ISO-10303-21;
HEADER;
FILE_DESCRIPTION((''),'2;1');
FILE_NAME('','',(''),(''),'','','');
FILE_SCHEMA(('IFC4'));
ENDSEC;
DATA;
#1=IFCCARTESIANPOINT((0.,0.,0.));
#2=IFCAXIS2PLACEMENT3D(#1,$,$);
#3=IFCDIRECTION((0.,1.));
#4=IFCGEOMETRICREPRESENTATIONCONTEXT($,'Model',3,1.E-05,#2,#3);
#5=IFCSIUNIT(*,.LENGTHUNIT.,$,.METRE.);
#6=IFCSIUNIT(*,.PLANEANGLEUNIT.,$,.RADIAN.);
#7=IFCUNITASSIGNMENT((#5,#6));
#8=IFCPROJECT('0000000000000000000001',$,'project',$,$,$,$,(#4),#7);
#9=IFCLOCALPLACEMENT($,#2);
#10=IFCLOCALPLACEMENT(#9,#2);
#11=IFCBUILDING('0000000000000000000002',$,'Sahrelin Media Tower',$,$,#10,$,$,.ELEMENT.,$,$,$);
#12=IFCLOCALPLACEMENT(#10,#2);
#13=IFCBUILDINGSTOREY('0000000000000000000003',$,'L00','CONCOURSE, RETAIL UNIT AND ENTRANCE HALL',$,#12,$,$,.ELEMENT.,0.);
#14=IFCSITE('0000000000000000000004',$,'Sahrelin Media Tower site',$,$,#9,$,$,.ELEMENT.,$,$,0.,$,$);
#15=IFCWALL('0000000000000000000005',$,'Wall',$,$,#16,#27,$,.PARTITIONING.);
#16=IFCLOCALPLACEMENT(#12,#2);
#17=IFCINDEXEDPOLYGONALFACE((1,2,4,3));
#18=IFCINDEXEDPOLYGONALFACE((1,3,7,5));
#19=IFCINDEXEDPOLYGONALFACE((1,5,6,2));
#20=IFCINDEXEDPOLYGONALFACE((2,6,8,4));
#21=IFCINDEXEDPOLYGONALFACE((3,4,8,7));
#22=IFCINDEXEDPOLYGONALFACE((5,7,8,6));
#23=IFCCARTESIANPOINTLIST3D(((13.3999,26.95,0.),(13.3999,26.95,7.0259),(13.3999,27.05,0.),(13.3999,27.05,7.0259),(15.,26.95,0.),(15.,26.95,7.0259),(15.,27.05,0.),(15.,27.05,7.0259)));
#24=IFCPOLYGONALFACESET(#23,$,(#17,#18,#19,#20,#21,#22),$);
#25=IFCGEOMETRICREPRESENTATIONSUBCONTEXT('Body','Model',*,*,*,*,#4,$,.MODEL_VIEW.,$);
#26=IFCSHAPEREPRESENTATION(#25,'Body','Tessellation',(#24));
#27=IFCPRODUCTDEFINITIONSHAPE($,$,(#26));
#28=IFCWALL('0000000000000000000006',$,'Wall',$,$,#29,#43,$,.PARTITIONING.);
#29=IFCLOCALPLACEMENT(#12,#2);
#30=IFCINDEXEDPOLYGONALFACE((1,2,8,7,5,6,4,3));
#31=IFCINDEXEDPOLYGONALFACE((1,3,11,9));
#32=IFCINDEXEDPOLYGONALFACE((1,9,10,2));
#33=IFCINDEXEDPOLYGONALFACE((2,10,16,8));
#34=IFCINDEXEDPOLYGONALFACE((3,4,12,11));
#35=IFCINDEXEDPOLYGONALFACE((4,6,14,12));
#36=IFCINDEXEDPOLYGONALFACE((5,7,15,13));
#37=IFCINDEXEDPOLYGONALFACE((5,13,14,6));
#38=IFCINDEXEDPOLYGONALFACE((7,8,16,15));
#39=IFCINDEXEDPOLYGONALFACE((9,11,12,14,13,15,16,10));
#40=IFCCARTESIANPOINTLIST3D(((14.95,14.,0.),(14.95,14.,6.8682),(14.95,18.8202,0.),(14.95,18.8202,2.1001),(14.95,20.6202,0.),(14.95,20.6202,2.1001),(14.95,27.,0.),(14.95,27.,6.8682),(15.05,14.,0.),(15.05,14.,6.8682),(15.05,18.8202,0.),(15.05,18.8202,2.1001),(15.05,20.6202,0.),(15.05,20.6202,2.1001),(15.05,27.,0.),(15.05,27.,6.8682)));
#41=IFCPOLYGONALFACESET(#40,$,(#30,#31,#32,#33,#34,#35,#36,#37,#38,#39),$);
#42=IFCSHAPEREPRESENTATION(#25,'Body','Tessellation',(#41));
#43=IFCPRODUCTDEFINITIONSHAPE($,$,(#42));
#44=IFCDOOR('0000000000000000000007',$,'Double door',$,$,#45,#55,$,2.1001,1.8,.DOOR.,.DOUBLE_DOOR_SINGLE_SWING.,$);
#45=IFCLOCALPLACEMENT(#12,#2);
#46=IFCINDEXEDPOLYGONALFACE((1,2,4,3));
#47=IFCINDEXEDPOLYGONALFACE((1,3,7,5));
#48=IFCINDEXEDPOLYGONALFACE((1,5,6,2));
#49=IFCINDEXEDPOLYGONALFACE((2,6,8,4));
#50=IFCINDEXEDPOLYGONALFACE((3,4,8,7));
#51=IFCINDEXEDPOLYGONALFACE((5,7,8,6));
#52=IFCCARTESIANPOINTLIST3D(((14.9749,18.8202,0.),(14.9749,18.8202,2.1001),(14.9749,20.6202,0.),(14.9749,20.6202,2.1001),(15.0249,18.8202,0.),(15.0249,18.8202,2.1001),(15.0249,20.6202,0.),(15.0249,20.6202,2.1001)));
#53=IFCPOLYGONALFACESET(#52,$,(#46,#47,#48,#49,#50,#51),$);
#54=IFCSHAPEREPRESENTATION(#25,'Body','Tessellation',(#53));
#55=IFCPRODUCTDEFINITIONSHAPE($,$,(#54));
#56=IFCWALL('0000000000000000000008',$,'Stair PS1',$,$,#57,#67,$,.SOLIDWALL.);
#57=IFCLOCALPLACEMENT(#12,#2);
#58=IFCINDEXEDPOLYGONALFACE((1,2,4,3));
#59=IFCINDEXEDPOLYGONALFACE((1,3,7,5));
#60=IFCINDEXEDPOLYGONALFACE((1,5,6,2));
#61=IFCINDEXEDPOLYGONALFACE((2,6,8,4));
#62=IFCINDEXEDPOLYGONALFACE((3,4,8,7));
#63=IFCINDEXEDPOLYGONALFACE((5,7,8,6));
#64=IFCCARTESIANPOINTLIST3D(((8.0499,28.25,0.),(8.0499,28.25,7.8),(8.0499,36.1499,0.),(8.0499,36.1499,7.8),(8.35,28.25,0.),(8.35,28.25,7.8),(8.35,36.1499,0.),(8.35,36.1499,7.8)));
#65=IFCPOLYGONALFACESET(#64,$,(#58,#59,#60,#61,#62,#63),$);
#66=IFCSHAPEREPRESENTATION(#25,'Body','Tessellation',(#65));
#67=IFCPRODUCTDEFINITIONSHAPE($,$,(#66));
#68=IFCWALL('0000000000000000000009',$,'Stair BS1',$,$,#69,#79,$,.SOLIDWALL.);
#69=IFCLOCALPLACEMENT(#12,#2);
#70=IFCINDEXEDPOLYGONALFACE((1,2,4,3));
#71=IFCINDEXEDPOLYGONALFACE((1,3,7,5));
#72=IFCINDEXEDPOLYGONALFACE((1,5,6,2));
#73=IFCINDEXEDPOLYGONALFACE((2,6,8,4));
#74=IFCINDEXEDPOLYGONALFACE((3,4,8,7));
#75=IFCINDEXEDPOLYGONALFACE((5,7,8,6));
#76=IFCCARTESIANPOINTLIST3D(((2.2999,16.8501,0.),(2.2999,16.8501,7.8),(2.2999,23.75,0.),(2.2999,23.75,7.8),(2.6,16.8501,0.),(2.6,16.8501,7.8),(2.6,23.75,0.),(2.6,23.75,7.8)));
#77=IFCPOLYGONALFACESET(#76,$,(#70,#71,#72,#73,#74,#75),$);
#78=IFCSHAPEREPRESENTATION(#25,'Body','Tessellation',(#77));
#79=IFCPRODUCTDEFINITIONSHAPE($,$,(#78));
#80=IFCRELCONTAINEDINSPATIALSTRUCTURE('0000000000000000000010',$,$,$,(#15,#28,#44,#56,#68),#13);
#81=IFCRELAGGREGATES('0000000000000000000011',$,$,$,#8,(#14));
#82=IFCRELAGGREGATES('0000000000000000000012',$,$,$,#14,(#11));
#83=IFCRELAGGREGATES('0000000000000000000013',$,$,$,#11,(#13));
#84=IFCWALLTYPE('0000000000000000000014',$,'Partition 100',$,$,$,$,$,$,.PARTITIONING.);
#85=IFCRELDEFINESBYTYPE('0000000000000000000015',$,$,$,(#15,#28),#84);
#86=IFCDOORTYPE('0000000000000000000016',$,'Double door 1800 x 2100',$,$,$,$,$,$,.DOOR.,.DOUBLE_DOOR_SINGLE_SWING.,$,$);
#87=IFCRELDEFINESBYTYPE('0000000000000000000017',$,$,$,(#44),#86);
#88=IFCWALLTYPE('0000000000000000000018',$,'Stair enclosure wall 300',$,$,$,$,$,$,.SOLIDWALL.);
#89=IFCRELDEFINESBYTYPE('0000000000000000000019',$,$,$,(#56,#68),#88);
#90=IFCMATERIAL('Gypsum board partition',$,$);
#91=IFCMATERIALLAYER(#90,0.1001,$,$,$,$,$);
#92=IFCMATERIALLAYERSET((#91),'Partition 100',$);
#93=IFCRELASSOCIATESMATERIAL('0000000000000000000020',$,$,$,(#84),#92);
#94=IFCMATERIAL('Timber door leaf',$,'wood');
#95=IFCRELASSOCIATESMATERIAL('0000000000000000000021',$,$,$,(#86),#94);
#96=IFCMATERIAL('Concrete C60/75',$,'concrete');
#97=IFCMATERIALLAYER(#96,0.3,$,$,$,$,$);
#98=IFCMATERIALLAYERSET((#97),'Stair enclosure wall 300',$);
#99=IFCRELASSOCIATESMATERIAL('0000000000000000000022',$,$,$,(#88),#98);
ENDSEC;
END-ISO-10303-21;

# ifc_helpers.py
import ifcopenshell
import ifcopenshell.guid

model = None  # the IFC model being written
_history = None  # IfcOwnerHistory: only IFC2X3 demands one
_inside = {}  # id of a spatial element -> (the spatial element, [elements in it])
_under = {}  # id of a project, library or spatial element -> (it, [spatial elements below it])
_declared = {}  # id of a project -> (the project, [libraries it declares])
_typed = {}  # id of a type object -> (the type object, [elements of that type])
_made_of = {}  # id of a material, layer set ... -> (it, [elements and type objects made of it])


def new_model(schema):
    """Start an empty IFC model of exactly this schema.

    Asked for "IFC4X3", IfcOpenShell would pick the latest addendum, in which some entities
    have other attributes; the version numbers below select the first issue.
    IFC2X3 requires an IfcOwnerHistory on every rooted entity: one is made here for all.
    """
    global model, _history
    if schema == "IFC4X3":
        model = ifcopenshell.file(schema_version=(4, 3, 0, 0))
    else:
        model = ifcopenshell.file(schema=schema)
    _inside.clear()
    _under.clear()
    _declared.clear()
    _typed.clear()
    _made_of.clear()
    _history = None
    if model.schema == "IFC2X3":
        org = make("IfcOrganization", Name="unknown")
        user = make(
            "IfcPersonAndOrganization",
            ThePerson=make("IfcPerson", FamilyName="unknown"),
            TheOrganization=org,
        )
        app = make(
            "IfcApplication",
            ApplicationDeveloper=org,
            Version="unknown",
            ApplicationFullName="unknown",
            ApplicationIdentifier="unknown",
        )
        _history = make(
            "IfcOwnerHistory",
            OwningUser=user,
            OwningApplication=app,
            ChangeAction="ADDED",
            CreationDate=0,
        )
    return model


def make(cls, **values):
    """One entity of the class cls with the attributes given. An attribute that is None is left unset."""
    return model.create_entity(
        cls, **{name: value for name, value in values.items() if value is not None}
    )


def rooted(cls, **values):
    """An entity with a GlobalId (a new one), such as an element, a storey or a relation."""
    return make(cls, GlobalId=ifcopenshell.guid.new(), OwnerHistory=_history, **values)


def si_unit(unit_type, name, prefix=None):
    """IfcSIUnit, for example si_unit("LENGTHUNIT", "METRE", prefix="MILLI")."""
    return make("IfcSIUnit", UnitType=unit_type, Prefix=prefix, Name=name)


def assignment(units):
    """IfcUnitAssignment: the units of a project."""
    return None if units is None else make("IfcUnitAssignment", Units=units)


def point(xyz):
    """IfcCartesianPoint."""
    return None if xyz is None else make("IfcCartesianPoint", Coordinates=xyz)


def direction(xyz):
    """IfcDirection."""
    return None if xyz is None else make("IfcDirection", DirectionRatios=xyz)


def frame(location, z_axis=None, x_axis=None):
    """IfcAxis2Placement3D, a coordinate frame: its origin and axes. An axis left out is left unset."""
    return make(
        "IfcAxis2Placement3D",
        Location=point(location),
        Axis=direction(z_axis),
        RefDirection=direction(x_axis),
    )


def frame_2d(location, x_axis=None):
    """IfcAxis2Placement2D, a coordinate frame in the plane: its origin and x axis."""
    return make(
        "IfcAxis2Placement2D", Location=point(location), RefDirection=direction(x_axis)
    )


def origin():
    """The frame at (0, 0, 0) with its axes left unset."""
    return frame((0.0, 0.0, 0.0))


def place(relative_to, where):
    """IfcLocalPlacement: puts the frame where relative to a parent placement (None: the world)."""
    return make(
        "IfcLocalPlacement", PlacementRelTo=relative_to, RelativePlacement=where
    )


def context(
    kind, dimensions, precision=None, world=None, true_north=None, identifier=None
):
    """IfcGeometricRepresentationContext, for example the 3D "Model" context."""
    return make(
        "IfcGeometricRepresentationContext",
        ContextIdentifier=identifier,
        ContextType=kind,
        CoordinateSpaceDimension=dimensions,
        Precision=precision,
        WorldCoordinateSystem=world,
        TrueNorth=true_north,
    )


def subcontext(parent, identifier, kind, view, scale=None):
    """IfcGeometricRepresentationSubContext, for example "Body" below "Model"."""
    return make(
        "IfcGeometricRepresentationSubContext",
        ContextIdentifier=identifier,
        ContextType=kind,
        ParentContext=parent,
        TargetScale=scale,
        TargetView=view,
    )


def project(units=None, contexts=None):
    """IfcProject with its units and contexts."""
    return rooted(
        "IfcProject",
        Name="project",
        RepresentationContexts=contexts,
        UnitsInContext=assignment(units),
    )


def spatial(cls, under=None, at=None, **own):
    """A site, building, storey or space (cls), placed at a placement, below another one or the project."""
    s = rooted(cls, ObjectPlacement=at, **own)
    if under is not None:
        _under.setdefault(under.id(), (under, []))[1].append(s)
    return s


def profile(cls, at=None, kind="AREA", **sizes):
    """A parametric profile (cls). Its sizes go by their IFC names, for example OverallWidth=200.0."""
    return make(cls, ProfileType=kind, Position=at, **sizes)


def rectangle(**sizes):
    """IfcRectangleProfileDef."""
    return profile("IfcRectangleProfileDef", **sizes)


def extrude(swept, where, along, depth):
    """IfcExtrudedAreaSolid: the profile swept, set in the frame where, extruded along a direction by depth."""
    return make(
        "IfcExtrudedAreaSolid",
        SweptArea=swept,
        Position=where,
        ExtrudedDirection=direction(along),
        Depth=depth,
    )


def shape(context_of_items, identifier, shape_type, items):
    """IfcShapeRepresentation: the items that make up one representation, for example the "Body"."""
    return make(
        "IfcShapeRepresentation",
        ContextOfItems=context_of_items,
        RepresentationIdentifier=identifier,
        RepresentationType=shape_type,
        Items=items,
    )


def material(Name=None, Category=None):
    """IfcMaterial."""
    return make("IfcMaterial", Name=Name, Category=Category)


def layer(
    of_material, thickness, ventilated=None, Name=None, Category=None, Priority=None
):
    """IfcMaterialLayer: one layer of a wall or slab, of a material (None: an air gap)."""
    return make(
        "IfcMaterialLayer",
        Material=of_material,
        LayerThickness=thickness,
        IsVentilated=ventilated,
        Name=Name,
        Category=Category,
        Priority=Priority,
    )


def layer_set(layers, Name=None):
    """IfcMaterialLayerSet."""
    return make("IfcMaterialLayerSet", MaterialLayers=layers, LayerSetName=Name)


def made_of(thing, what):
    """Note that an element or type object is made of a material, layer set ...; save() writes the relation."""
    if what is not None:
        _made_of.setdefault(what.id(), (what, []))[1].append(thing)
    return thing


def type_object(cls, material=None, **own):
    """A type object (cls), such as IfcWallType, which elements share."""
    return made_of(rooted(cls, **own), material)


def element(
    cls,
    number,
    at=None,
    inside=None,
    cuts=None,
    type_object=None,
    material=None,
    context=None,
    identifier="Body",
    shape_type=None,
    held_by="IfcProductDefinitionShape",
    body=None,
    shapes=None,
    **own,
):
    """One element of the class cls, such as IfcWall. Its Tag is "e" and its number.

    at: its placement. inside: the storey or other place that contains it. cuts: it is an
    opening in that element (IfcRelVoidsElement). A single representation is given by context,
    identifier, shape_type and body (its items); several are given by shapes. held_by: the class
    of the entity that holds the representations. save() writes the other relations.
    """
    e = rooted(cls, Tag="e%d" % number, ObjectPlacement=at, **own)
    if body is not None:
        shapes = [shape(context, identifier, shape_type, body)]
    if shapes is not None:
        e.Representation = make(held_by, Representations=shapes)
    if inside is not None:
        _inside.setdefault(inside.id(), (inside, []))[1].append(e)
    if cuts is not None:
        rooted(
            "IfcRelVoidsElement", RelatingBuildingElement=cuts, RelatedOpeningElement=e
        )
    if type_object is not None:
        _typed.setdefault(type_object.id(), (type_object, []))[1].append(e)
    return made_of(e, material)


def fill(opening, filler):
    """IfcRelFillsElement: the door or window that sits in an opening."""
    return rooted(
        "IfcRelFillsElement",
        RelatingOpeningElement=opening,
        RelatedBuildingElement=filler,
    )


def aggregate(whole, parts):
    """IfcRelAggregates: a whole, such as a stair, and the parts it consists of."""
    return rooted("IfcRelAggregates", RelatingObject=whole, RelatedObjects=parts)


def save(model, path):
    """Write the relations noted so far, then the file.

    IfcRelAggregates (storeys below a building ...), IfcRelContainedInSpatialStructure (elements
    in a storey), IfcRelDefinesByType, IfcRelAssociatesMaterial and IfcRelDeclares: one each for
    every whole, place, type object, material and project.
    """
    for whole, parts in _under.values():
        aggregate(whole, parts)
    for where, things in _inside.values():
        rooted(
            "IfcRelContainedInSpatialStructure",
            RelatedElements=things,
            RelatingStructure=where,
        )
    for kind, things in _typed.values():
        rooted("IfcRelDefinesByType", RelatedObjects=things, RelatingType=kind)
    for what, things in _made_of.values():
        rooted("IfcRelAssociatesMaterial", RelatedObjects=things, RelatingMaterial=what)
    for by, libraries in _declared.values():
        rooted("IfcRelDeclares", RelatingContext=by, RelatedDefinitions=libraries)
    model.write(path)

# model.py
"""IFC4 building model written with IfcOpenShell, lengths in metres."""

from ifc_helpers import new_model, si_unit, direction, frame, frame_2d, origin, place, context, subcontext, project, spatial, rectangle, extrude, material, layer, layer_set, type_object, element, fill, save


model = new_model("IFC4")

# Units and contexts
model_context = context("Model", 3, precision=1e-05, world=origin(), true_north=direction((0.0, 1.0)))
body_context = subcontext(model_context, "Body", "Model", "MODEL_VIEW")
ifc_project = project(units=[si_unit("LENGTHUNIT", "METRE"), si_unit("PLANEANGLEUNIT", "RADIAN")], contexts=[model_context])

# Site, building, storey
site_placement = place(None, origin())
site = spatial("IfcSite", under=ifc_project, at=site_placement, Name="Sahrelin Media Tower site", CompositionType="ELEMENT", RefElevation=0.0)
building_placement = place(site_placement, origin())
building = spatial("IfcBuilding", under=site, at=building_placement, Name="Sahrelin Media Tower", CompositionType="ELEMENT")
storey_placement = place(building_placement, origin())
storey = spatial("IfcBuildingStorey", under=building, at=storey_placement, Name="L00", Description="CONCOURSE, RETAIL UNIT AND ENTRANCE HALL", CompositionType="ELEMENT", Elevation=0.0)

# Wall
ifc_material_1 = material(Name="Gypsum board partition")
ifc_layer_1 = layer(ifc_material_1, 0.1001)
ifc_layer_set_1 = layer_set([ifc_layer_1], Name="Partition 100")
wall_type_1 = type_object("IfcWallType", Name="Partition 100", PredefinedType="PARTITIONING", material=ifc_layer_set_1)
wall_1_placement = place(storey_placement, frame((13.3999, 27.0, 0.0), z_axis=(0.0, 0.0, 1.0), x_axis=(1.0, 0.0, 0.0)))
element("IfcWall", 1, at=wall_1_placement, inside=storey, type_object=wall_type_1, Name="Wall", PredefinedType="PARTITIONING", context=body_context, shape_type="SweptSolid", body=[
    extrude(rectangle(XDim=1.6001, YDim=0.1001, at=frame_2d((0.8, 0.0))), origin(), (0.0, 0.0, 1.0), 7.0259),
])

# Wall, opening, door
wall_2_placement = place(storey_placement, frame((15.0, 27.0, 0.0), z_axis=(0.0, 0.0, 1.0), x_axis=(0.0, -1.0, 0.0)))
wall_2 = element("IfcWall", 2, at=wall_2_placement, inside=storey, type_object=wall_type_1, Name="Wall", PredefinedType="PARTITIONING", context=body_context, shape_type="SweptSolid", body=[
    extrude(rectangle(XDim=13.0, YDim=0.1001, at=frame_2d((6.5, 0.0))), origin(), (0.0, 0.0, 1.0), 6.8682),
])
opening_1_placement = place(wall_2_placement, frame((6.3799, 0.0, 0.0)))
opening_1 = element("IfcOpeningElement", 3, at=opening_1_placement, cuts=wall_2, PredefinedType="OPENING", context=body_context, shape_type="SweptSolid", body=[
    extrude(rectangle(XDim=1.8, YDim=2.1001, at=frame_2d((0.8999, 1.05))), frame((0.0, 0.05, 0.0), z_axis=(0.0, -1.0, 0.0), x_axis=(1.0, 0.0, 0.0)), (0.0, 0.0, 1.0), 0.1001),
])
ifc_material_2 = material(Name="Timber door leaf", Category="wood")
door_type_1 = type_object("IfcDoorType", Name="Double door 1800 x 2100", OperationType="DOUBLE_DOOR_SINGLE_SWING", PredefinedType="DOOR", material=ifc_material_2)
door_1_placement = place(opening_1_placement, origin())
door_1 = element("IfcDoor", 4, at=door_1_placement, inside=storey, type_object=door_type_1, Name="Double door", OperationType="DOUBLE_DOOR_SINGLE_SWING", OverallHeight=2.1001, OverallWidth=1.8, PredefinedType="DOOR", context=body_context, shape_type="SweptSolid", body=[
    extrude(rectangle(XDim=1.8, YDim=2.1001, at=frame_2d((0.8999, 1.05))), frame((0.0, 0.0249, 0.0), z_axis=(0.0, -1.0, 0.0), x_axis=(1.0, 0.0, 0.0)), (0.0, 0.0, 1.0), 0.05),
])
fill(opening_1, door_1)
ifc_material_3 = material(Name="Concrete C60/75", Category="concrete")
ifc_layer_2 = layer(ifc_material_3, 0.3)
ifc_layer_set_2 = layer_set([ifc_layer_2], Name="Stair enclosure wall 300")
wall_type_2 = type_object("IfcWallType", Name="Stair enclosure wall 300", PredefinedType="SOLIDWALL", material=ifc_layer_set_2)

# Walls
wall_3_placement = place(storey_placement, frame((8.2, 28.25, 0.0), z_axis=(0.0, 0.0, 1.0), x_axis=(0.0, 1.0, 0.0)))
element("IfcWall", 5, at=wall_3_placement, inside=storey, type_object=wall_type_2, Name="Stair PS1", PredefinedType="SOLIDWALL", context=body_context, shape_type="SweptSolid", body=[
    extrude(rectangle(XDim=7.8999, YDim=0.3, at=frame_2d((3.95, 0.0))), origin(), (0.0, 0.0, 1.0), 7.8),
])
wall_4_placement = place(storey_placement, frame((2.45, 23.75, 0.0), z_axis=(0.0, 0.0, 1.0), x_axis=(0.0, -1.0, 0.0)))
element("IfcWall", 6, at=wall_4_placement, inside=storey, type_object=wall_type_2, Name="Stair BS1", PredefinedType="SOLIDWALL", context=body_context, shape_type="SweptSolid", body=[
    extrude(rectangle(XDim=6.8999, YDim=0.3, at=frame_2d((3.45, 0.0))), origin(), (0.0, 0.0, 1.0), 7.8),
])

save(model, "model.ifc")
